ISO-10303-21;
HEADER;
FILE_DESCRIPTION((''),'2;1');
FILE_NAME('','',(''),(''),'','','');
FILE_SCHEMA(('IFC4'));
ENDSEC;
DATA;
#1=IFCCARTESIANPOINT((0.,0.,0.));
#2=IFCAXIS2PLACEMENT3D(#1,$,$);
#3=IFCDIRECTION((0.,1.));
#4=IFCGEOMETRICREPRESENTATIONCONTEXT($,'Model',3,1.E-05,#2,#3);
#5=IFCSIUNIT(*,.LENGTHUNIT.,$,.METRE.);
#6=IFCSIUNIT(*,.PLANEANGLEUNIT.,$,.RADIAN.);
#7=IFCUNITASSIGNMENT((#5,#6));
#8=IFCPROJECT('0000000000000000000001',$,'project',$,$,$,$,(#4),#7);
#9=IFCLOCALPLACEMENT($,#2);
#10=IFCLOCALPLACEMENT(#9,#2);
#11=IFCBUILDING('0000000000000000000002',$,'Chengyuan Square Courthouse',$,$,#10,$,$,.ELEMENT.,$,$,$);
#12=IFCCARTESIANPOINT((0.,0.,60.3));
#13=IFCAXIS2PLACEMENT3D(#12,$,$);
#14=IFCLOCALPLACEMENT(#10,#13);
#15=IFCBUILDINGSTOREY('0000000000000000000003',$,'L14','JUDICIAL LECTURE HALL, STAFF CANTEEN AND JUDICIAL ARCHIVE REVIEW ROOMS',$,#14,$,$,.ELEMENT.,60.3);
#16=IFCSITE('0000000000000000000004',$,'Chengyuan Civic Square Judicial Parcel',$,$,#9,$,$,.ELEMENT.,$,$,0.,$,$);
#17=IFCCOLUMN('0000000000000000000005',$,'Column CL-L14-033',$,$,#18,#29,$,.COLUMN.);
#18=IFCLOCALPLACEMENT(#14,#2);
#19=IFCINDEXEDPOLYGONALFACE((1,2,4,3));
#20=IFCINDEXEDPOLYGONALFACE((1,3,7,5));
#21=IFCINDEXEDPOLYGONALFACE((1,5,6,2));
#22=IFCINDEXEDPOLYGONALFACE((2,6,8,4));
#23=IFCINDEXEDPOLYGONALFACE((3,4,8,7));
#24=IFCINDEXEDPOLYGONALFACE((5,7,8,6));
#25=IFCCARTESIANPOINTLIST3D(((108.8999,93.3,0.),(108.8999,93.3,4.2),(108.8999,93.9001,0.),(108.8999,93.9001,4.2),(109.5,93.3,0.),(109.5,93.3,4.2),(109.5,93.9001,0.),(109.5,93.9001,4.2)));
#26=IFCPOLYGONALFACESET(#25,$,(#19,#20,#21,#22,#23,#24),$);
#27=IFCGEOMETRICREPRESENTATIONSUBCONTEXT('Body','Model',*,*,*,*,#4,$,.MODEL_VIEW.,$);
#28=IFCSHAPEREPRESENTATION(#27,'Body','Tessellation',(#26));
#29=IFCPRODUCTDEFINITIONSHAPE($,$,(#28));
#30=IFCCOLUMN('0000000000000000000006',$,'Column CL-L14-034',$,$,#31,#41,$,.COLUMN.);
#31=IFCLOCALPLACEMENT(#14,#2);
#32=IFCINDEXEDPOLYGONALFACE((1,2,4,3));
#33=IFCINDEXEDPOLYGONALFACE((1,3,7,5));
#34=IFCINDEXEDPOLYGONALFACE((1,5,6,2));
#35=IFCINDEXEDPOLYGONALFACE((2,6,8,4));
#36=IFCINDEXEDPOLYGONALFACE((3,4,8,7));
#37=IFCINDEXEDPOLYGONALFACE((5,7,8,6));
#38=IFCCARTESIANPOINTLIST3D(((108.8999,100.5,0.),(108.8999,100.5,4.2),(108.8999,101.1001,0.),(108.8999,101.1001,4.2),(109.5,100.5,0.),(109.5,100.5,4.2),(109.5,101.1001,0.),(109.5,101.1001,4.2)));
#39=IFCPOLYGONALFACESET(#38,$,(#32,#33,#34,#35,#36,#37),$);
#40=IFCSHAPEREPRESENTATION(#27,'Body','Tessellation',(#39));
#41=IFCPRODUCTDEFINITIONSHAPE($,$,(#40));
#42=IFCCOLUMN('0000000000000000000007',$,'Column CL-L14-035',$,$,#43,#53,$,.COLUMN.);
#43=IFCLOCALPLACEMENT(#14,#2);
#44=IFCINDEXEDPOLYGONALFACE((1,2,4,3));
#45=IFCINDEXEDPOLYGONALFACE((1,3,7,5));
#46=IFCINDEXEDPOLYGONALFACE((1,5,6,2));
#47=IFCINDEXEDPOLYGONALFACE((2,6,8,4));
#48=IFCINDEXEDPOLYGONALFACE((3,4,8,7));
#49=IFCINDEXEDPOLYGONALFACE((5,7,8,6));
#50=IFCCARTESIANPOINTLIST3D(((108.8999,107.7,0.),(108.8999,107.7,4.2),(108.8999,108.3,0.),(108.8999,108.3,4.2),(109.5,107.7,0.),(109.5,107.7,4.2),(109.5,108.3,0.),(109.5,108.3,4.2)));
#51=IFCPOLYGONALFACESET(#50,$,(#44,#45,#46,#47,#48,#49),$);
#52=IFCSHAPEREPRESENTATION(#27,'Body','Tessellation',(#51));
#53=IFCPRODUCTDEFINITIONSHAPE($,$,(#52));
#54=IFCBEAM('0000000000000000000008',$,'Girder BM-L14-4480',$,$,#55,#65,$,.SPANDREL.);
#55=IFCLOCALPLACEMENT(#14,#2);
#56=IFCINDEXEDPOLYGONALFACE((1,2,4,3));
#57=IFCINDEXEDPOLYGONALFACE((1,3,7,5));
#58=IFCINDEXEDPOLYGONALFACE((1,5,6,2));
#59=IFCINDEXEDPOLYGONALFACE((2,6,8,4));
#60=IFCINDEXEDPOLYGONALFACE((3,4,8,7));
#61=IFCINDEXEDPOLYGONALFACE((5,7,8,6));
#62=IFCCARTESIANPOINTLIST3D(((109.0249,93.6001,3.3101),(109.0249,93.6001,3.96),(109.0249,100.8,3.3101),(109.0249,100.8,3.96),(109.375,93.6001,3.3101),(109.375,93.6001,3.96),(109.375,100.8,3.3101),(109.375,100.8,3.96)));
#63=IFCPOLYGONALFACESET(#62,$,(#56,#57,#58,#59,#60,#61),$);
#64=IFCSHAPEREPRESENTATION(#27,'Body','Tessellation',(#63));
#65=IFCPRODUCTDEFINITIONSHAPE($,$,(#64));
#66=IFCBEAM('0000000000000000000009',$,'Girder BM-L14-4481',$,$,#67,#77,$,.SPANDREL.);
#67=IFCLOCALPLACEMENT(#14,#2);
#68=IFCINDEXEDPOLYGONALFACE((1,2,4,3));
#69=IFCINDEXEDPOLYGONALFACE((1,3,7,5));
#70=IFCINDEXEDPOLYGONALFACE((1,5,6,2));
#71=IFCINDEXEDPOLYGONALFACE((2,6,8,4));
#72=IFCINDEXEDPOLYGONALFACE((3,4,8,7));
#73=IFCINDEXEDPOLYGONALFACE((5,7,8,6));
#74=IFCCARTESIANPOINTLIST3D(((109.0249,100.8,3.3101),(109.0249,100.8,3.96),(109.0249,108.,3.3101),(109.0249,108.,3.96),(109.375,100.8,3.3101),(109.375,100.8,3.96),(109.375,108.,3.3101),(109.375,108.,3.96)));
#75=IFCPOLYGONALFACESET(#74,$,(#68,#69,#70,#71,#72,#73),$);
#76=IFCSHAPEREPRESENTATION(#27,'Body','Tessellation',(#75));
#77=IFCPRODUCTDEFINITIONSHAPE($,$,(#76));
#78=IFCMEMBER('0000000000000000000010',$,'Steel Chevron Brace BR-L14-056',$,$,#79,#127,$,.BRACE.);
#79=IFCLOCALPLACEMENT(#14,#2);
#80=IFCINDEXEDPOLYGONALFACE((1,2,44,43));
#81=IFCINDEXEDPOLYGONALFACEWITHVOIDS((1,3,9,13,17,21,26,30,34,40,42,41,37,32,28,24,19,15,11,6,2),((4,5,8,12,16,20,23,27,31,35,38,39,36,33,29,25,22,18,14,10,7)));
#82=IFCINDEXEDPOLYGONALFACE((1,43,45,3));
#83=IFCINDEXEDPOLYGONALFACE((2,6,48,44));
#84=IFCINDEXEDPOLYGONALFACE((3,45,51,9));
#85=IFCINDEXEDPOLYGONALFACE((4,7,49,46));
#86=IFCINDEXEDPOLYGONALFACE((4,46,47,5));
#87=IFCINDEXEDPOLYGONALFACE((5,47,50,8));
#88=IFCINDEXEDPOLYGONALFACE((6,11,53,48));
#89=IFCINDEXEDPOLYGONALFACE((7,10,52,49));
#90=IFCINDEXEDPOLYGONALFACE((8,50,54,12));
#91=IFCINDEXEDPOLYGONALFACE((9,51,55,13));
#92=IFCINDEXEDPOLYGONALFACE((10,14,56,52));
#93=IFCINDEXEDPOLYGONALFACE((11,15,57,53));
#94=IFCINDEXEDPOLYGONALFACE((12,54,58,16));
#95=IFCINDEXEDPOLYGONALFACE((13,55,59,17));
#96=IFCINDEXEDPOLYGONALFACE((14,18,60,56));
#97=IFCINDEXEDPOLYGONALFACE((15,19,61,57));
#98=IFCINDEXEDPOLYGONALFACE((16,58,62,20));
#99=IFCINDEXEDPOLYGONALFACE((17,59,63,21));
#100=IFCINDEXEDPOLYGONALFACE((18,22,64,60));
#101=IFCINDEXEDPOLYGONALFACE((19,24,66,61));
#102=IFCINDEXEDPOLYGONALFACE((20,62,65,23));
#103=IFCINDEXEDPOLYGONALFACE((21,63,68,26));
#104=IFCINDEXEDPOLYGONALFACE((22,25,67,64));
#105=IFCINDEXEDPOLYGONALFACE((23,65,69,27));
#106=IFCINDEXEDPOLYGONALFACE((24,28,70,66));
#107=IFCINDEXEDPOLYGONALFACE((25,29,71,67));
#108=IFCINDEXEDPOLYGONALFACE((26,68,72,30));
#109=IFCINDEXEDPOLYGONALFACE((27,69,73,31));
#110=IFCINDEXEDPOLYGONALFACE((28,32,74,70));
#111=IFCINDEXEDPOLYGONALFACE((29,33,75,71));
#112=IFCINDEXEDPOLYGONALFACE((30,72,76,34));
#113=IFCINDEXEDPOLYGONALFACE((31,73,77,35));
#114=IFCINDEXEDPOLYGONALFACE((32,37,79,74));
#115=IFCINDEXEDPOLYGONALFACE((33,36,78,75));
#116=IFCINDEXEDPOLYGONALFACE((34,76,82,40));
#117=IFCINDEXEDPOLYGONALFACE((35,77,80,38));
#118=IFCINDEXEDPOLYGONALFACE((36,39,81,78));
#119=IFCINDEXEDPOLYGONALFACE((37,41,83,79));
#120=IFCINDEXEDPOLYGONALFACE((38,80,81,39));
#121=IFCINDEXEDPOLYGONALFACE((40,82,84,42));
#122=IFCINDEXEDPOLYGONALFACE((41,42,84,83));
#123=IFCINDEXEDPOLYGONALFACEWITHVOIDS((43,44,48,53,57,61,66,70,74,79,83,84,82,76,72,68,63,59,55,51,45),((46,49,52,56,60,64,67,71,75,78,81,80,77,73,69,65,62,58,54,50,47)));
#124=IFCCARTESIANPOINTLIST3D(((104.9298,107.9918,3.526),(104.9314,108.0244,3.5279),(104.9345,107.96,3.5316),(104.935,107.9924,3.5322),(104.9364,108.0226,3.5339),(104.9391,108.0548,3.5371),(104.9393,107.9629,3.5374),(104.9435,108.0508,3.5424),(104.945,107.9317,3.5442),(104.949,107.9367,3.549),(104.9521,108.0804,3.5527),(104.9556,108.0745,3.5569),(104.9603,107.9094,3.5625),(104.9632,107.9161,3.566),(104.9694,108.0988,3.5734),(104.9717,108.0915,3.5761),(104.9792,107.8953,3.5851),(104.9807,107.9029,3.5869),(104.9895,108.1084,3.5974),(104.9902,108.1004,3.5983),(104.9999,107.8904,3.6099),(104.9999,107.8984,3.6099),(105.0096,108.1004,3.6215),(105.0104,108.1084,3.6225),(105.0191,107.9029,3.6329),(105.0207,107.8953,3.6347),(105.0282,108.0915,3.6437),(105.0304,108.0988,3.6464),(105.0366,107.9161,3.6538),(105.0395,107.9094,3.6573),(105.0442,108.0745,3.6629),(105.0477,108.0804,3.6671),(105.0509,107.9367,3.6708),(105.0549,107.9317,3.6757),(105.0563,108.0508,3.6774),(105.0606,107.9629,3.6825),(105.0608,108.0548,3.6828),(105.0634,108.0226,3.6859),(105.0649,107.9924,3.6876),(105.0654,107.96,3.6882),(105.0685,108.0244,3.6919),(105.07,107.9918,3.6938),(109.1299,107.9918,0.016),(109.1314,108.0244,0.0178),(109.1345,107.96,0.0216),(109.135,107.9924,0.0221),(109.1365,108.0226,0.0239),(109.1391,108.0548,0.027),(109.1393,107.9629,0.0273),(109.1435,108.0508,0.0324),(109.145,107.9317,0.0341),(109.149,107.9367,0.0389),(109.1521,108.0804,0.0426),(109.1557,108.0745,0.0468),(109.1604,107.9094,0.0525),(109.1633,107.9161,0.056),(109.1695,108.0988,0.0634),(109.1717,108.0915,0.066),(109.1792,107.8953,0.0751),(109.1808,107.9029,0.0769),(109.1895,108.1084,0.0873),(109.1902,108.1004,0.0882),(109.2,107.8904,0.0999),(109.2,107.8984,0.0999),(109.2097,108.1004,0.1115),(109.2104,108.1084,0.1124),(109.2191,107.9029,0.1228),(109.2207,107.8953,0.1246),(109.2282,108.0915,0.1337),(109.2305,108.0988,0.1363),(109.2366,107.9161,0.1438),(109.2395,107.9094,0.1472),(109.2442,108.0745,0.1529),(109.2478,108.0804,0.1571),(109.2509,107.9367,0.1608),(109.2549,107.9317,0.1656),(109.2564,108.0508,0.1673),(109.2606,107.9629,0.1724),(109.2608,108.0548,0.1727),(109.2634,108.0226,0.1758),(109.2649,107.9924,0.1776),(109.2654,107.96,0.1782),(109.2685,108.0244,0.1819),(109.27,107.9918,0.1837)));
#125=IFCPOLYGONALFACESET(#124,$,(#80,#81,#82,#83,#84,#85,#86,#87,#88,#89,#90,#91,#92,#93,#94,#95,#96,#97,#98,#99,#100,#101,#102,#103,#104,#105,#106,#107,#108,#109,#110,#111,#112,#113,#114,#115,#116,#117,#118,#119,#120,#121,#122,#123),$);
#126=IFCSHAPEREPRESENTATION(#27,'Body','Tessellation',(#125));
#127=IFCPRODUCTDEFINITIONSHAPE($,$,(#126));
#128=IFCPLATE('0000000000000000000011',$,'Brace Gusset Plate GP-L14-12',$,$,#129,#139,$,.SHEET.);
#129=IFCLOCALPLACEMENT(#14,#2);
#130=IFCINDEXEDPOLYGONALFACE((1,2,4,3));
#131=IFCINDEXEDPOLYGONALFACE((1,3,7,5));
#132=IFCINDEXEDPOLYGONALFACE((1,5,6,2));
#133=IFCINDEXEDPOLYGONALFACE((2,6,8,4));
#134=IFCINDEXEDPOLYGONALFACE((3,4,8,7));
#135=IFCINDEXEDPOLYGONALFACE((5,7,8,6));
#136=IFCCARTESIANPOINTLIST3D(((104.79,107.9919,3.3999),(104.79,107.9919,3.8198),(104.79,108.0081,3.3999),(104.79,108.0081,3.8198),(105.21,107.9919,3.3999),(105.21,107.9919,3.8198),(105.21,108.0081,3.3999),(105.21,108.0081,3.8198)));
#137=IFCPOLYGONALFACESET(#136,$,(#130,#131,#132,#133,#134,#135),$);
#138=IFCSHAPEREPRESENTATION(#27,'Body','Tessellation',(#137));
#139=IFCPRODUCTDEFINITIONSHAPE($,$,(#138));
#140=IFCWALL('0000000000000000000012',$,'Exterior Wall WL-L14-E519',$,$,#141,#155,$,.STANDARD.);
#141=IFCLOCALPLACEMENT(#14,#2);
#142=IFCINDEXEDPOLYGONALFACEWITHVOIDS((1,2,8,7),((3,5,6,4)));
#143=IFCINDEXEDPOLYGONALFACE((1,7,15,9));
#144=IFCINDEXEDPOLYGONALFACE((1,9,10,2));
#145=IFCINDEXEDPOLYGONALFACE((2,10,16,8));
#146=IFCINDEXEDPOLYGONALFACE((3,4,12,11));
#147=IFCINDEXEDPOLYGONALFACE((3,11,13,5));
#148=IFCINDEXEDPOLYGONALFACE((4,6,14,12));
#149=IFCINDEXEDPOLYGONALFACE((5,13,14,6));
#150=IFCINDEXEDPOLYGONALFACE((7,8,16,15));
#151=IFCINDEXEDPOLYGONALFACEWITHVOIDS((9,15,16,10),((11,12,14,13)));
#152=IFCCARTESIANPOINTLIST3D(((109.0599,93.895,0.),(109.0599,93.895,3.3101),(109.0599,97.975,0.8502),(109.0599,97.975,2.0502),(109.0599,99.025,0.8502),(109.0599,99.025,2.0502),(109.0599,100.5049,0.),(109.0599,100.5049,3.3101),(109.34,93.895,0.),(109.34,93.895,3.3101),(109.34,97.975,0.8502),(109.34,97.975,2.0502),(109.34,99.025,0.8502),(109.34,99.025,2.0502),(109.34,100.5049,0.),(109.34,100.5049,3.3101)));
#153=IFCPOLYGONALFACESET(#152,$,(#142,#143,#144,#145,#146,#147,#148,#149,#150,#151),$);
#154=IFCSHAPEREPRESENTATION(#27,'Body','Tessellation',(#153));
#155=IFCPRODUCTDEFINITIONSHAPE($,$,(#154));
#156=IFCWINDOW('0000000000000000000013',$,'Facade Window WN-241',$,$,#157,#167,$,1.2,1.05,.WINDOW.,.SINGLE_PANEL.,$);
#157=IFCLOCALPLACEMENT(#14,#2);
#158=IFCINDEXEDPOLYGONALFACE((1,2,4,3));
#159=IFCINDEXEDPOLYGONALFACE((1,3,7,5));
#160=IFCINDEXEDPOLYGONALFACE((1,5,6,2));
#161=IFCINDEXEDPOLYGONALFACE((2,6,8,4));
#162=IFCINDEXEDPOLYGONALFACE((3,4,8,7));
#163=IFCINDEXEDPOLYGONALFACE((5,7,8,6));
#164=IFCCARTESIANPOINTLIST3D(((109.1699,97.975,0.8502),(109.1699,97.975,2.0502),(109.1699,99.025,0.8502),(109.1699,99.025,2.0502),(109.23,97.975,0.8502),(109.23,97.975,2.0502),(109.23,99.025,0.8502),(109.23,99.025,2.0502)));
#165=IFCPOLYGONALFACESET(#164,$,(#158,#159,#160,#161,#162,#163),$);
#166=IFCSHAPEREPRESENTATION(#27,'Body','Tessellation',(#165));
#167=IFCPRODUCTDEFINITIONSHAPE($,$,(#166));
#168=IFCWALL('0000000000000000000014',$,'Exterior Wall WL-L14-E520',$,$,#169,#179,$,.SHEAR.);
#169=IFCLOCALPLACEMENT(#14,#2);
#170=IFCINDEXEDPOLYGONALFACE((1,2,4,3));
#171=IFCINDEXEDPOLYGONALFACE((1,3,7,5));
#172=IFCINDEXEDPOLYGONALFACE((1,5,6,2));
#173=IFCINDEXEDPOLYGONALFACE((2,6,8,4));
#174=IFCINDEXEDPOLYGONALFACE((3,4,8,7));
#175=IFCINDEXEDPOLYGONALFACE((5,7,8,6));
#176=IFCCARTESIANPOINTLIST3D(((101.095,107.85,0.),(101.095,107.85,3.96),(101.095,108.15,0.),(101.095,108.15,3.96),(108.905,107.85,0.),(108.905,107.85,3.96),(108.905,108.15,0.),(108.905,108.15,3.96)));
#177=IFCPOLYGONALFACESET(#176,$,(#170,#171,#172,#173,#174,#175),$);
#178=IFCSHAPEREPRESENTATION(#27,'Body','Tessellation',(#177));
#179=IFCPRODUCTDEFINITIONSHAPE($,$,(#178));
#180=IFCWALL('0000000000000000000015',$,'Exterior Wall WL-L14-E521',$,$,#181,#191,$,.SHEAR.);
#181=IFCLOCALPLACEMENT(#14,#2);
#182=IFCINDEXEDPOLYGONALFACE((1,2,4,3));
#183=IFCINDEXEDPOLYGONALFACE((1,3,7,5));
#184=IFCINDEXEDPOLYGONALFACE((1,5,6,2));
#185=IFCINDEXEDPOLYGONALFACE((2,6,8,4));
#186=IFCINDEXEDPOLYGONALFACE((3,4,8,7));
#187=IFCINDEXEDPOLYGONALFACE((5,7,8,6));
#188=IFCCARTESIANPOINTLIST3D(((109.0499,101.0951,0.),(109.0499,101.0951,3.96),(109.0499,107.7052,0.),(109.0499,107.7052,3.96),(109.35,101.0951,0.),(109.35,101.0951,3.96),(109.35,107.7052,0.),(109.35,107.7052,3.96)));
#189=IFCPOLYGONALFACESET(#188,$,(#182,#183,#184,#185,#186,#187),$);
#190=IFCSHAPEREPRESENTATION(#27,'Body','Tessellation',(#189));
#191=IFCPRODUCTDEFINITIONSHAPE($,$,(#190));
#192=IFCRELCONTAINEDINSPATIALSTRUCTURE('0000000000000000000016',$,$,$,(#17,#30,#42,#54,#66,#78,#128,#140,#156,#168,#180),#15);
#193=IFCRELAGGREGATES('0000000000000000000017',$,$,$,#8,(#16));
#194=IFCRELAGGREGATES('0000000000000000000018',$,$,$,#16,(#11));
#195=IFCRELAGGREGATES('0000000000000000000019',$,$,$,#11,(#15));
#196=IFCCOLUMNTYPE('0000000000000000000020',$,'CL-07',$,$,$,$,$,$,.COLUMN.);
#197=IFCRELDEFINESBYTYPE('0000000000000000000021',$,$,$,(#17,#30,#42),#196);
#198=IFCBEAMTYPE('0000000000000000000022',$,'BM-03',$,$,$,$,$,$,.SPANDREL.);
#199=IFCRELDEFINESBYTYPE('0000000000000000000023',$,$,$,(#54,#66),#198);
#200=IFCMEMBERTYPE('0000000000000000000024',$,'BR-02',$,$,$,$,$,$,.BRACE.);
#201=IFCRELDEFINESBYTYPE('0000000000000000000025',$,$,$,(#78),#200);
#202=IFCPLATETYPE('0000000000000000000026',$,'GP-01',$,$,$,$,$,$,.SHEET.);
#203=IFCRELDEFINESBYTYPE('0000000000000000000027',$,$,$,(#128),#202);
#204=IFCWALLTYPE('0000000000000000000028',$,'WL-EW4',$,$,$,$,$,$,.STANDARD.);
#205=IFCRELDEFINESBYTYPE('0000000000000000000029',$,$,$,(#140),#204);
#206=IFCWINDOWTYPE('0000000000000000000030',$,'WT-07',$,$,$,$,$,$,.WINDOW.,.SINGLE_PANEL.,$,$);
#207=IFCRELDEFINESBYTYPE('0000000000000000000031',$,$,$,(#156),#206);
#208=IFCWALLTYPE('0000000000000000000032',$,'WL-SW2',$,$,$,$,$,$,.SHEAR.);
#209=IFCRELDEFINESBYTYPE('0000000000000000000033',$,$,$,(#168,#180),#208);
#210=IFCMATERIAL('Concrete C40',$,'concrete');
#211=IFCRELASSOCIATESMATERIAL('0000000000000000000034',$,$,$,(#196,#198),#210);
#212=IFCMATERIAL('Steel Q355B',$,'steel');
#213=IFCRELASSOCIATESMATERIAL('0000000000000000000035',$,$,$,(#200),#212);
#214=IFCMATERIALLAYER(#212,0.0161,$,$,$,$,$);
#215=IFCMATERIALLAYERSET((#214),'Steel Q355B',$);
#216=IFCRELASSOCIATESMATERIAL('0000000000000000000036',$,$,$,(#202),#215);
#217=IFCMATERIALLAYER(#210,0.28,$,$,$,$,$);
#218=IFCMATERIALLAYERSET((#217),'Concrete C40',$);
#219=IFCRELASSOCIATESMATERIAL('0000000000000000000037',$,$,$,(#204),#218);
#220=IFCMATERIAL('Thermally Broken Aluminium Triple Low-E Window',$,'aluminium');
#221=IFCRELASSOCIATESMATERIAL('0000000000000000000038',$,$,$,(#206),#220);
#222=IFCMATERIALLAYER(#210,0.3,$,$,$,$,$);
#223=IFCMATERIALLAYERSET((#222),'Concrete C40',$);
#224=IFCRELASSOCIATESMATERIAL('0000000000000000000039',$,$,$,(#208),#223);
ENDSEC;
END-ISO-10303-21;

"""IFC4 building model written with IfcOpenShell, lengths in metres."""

from ifc_helpers import new_model, si_unit, direction, frame, frame_2d, origin, origin_2d, place, context, subcontext, project, spatial, rectangle, hollow_circle, extrude, material, layer, layer_set, material_profile, profile_set, type_object, element, fill, save


model = new_model("IFC4")

# Units and contexts
model_context = context("Model", 3, precision=1e-05, world=origin(), true_north=direction((0.0, 1.0)))
body_context = subcontext(model_context, "Body", "Model", "MODEL_VIEW")
ifc_project = project(units=[si_unit("LENGTHUNIT", "METRE"), si_unit("PLANEANGLEUNIT", "RADIAN")], contexts=[model_context])

# Site, building, storey
site_placement = place(None, origin())
site = spatial("IfcSite", under=ifc_project, at=site_placement, Name="Chengyuan Civic Square Judicial Parcel", CompositionType="ELEMENT", RefElevation=0.0)
building_placement = place(site_placement, origin())
building = spatial("IfcBuilding", under=site, at=building_placement, Name="Chengyuan Square Courthouse", CompositionType="ELEMENT")
storey_placement = place(building_placement, frame((0.0, 0.0, 60.3)))
storey = spatial("IfcBuildingStorey", under=building, at=storey_placement, Name="L14", Description="JUDICIAL LECTURE HALL, STAFF CANTEEN AND JUDICIAL ARCHIVE REVIEW ROOMS", CompositionType="ELEMENT", Elevation=60.3)

# Columns
ifc_material_1 = material(Name="Concrete C40", Category="concrete")
ifc_material_profile_1 = material_profile(ifc_material_1, rectangle(XDim=0.6001, YDim=0.6001, at=origin_2d()), Name="RC-COL-600x600")
ifc_profile_set_1 = profile_set([ifc_material_profile_1], Name="Concrete C40")
column_type = type_object("IfcColumnType", Name="CL-07", PredefinedType="COLUMN", material=ifc_profile_set_1)
for number, where, z_axis, x_axis, name in (
    (1, (109.2, 93.6001, 0.0), (0.0, 0.0, 1.0), (1.0, 0.0, 0.0), "Column CL-L14-033"),
    (2, (109.2, 100.8, 0.0), (0.0, 0.0, 1.0), (1.0, 0.0, 0.0), "Column CL-L14-034"),
    (3, (109.2, 108.0, 0.0), (0.0, 0.0, 1.0), (1.0, 0.0, 0.0), "Column CL-L14-035"),
):
    element("IfcColumn", number, at=place(storey_placement, frame(where, z_axis=z_axis, x_axis=x_axis)), inside=storey, type_object=column_type, Name=name, PredefinedType="COLUMN", context=body_context, shape_type="SweptSolid", body=[
        extrude(rectangle(XDim=0.6001, YDim=0.6001, at=origin_2d()), origin(), (0.0, 0.0, 1.0), 4.2),
    ])

# Beams
ifc_material_profile_2 = material_profile(ifc_material_1, rectangle(XDim=0.3501, YDim=0.6499, at=origin_2d()), Name="RC-BM-350x650")
ifc_profile_set_2 = profile_set([ifc_material_profile_2], Name="Concrete C40")
beam_type = type_object("IfcBeamType", Name="BM-03", PredefinedType="SPANDREL", material=ifc_profile_set_2)
for number, where, z_axis, x_axis, name in (
    (4, (109.2, 93.6001, 3.635), (0.0, 1.0, 0.0), (-1.0, 0.0, 0.0), "Girder BM-L14-4480"),
    (5, (109.2, 100.8, 3.635), (0.0, 1.0, 0.0), (-1.0, 0.0, 0.0), "Girder BM-L14-4481"),
):
    element("IfcBeam", number, at=place(storey_placement, frame(where, z_axis=z_axis, x_axis=x_axis)), inside=storey, type_object=beam_type, Name=name, PredefinedType="SPANDREL", context=body_context, shape_type="SweptSolid", body=[
        extrude(rectangle(XDim=0.3501, YDim=0.6499, at=origin_2d()), origin(), (0.0, 0.0, 1.0), 7.2),
    ])

# Member
ifc_material_2 = material(Name="Steel Q355B", Category="steel")
ifc_material_profile_3 = material_profile(ifc_material_2, hollow_circle(Radius=0.1096, WallThickness=0.0081, at=origin_2d()), Name="CHS 219x8")
ifc_profile_set_3 = profile_set([ifc_material_profile_3], Name="Steel Q355B")
member_type = type_object("IfcMemberType", Name="BR-02", PredefinedType="BRACE", material=ifc_profile_set_3)
member_placement = place(storey_placement, frame((109.2, 108.0, 0.0999), z_axis=(-0.767317, 0.0, 0.641267), x_axis=(0.0, -1.0, 0.0)))
element("IfcMember", 6, at=member_placement, inside=storey, type_object=member_type, Name="Steel Chevron Brace BR-L14-056", PredefinedType="BRACE", context=body_context, shape_type="SweptSolid", body=[
    extrude(hollow_circle(Radius=0.1096, WallThickness=0.0081, at=origin_2d()), origin(), (0.0, 0.0, 1.0), 5.4736),
])

# Plate
ifc_layer_1 = layer(ifc_material_2, 0.0161)
ifc_layer_set_1 = layer_set([ifc_layer_1], Name="Steel Q355B")
plate_type = type_object("IfcPlateType", Name="GP-01", PredefinedType="SHEET", material=ifc_layer_set_1)
plate_placement = place(storey_placement, frame((105.0, 108.0, 3.3999), z_axis=(0.0, 0.0, 1.0), x_axis=(1.0, 0.0, 0.0)))
element("IfcPlate", 7, at=plate_placement, inside=storey, type_object=plate_type, Name="Brace Gusset Plate GP-L14-12", PredefinedType="SHEET", context=body_context, shape_type="SweptSolid", body=[
    extrude(rectangle(XDim=0.4199, YDim=0.0161, at=origin_2d()), origin(), (0.0, 0.0, 1.0), 0.4199),
])

# Wall, opening, window
ifc_layer_2 = layer(ifc_material_1, 0.28)
ifc_layer_set_2 = layer_set([ifc_layer_2], Name="Concrete C40")
wall_type_1 = type_object("IfcWallType", Name="WL-EW4", PredefinedType="STANDARD", material=ifc_layer_set_2)
wall_1_placement = place(storey_placement, frame((109.2, 93.895, 0.0), z_axis=(0.0, 0.0, 1.0), x_axis=(0.0, 1.0, 0.0)))
wall_1 = element("IfcWall", 8, at=wall_1_placement, inside=storey, type_object=wall_type_1, Name="Exterior Wall WL-L14-E519", PredefinedType="STANDARD", context=body_context, shape_type="SweptSolid", body=[
    extrude(rectangle(XDim=6.6099, YDim=0.28, at=frame_2d((3.3049, 0.0))), origin(), (0.0, 0.0, 1.0), 3.3101),
])
opening_placement = place(wall_1_placement, frame((4.0801, 0.0, 0.8501)))
opening = element("IfcOpeningElement", 9, at=opening_placement, cuts=wall_1, PredefinedType="OPENING", context=body_context, shape_type="SweptSolid", body=[
    extrude(rectangle(XDim=1.05, YDim=1.2, at=frame_2d((0.5249, 0.6001))), frame((0.0, 0.1521, 0.0), z_axis=(0.0, -1.0, 0.0), x_axis=(1.0, 0.0, 0.0)), (0.0, 0.0, 1.0), 0.304),
])
ifc_material_3 = material(Name="Thermally Broken Aluminium Triple Low-E Window", Category="aluminium")
window_type = type_object("IfcWindowType", Name="WT-07", PartitioningType="SINGLE_PANEL", PredefinedType="WINDOW", material=ifc_material_3)
window_placement = place(opening_placement, origin())
window = element("IfcWindow", 10, at=window_placement, inside=storey, type_object=window_type, Name="Facade Window WN-241", OverallHeight=1.2, OverallWidth=1.05, PartitioningType="SINGLE_PANEL", PredefinedType="WINDOW", context=body_context, shape_type="SweptSolid", body=[
    extrude(rectangle(XDim=1.05, YDim=1.2, at=frame_2d((0.5249, 0.6001))), frame((0.0, 0.03, 0.0), z_axis=(0.0, -1.0, 0.0), x_axis=(1.0, 0.0, 0.0)), (0.0, 0.0, 1.0), 0.0601),
])
fill(opening, window)

# Walls
ifc_layer_3 = layer(ifc_material_1, 0.3)
ifc_layer_set_3 = layer_set([ifc_layer_3], Name="Concrete C40")
wall_type_2 = type_object("IfcWallType", Name="WL-SW2", PredefinedType="SHEAR", material=ifc_layer_set_3)
wall_2_placement = place(storey_placement, frame((101.095, 108.0, 0.0), z_axis=(0.0, 0.0, 1.0), x_axis=(1.0, 0.0, 0.0)))
element("IfcWall", 11, at=wall_2_placement, inside=storey, type_object=wall_type_2, Name="Exterior Wall WL-L14-E520", PredefinedType="SHEAR", context=body_context, shape_type="SweptSolid", body=[
    extrude(rectangle(XDim=7.8101, YDim=0.3, at=frame_2d((3.905, 0.0))), origin(), (0.0, 0.0, 1.0), 3.96),
])
wall_3_placement = place(storey_placement, frame((109.2, 101.095, 0.0), z_axis=(0.0, 0.0, 1.0), x_axis=(0.0, 1.0, 0.0)))
element("IfcWall", 12, at=wall_3_placement, inside=storey, type_object=wall_type_2, Name="Exterior Wall WL-L14-E521", PredefinedType="SHEAR", context=body_context, shape_type="SweptSolid", body=[
    extrude(rectangle(XDim=6.6101, YDim=0.3, at=frame_2d((3.3052, 0.0))), origin(), (0.0, 0.0, 1.0), 3.96),
])

save(model, "model.ifc")
